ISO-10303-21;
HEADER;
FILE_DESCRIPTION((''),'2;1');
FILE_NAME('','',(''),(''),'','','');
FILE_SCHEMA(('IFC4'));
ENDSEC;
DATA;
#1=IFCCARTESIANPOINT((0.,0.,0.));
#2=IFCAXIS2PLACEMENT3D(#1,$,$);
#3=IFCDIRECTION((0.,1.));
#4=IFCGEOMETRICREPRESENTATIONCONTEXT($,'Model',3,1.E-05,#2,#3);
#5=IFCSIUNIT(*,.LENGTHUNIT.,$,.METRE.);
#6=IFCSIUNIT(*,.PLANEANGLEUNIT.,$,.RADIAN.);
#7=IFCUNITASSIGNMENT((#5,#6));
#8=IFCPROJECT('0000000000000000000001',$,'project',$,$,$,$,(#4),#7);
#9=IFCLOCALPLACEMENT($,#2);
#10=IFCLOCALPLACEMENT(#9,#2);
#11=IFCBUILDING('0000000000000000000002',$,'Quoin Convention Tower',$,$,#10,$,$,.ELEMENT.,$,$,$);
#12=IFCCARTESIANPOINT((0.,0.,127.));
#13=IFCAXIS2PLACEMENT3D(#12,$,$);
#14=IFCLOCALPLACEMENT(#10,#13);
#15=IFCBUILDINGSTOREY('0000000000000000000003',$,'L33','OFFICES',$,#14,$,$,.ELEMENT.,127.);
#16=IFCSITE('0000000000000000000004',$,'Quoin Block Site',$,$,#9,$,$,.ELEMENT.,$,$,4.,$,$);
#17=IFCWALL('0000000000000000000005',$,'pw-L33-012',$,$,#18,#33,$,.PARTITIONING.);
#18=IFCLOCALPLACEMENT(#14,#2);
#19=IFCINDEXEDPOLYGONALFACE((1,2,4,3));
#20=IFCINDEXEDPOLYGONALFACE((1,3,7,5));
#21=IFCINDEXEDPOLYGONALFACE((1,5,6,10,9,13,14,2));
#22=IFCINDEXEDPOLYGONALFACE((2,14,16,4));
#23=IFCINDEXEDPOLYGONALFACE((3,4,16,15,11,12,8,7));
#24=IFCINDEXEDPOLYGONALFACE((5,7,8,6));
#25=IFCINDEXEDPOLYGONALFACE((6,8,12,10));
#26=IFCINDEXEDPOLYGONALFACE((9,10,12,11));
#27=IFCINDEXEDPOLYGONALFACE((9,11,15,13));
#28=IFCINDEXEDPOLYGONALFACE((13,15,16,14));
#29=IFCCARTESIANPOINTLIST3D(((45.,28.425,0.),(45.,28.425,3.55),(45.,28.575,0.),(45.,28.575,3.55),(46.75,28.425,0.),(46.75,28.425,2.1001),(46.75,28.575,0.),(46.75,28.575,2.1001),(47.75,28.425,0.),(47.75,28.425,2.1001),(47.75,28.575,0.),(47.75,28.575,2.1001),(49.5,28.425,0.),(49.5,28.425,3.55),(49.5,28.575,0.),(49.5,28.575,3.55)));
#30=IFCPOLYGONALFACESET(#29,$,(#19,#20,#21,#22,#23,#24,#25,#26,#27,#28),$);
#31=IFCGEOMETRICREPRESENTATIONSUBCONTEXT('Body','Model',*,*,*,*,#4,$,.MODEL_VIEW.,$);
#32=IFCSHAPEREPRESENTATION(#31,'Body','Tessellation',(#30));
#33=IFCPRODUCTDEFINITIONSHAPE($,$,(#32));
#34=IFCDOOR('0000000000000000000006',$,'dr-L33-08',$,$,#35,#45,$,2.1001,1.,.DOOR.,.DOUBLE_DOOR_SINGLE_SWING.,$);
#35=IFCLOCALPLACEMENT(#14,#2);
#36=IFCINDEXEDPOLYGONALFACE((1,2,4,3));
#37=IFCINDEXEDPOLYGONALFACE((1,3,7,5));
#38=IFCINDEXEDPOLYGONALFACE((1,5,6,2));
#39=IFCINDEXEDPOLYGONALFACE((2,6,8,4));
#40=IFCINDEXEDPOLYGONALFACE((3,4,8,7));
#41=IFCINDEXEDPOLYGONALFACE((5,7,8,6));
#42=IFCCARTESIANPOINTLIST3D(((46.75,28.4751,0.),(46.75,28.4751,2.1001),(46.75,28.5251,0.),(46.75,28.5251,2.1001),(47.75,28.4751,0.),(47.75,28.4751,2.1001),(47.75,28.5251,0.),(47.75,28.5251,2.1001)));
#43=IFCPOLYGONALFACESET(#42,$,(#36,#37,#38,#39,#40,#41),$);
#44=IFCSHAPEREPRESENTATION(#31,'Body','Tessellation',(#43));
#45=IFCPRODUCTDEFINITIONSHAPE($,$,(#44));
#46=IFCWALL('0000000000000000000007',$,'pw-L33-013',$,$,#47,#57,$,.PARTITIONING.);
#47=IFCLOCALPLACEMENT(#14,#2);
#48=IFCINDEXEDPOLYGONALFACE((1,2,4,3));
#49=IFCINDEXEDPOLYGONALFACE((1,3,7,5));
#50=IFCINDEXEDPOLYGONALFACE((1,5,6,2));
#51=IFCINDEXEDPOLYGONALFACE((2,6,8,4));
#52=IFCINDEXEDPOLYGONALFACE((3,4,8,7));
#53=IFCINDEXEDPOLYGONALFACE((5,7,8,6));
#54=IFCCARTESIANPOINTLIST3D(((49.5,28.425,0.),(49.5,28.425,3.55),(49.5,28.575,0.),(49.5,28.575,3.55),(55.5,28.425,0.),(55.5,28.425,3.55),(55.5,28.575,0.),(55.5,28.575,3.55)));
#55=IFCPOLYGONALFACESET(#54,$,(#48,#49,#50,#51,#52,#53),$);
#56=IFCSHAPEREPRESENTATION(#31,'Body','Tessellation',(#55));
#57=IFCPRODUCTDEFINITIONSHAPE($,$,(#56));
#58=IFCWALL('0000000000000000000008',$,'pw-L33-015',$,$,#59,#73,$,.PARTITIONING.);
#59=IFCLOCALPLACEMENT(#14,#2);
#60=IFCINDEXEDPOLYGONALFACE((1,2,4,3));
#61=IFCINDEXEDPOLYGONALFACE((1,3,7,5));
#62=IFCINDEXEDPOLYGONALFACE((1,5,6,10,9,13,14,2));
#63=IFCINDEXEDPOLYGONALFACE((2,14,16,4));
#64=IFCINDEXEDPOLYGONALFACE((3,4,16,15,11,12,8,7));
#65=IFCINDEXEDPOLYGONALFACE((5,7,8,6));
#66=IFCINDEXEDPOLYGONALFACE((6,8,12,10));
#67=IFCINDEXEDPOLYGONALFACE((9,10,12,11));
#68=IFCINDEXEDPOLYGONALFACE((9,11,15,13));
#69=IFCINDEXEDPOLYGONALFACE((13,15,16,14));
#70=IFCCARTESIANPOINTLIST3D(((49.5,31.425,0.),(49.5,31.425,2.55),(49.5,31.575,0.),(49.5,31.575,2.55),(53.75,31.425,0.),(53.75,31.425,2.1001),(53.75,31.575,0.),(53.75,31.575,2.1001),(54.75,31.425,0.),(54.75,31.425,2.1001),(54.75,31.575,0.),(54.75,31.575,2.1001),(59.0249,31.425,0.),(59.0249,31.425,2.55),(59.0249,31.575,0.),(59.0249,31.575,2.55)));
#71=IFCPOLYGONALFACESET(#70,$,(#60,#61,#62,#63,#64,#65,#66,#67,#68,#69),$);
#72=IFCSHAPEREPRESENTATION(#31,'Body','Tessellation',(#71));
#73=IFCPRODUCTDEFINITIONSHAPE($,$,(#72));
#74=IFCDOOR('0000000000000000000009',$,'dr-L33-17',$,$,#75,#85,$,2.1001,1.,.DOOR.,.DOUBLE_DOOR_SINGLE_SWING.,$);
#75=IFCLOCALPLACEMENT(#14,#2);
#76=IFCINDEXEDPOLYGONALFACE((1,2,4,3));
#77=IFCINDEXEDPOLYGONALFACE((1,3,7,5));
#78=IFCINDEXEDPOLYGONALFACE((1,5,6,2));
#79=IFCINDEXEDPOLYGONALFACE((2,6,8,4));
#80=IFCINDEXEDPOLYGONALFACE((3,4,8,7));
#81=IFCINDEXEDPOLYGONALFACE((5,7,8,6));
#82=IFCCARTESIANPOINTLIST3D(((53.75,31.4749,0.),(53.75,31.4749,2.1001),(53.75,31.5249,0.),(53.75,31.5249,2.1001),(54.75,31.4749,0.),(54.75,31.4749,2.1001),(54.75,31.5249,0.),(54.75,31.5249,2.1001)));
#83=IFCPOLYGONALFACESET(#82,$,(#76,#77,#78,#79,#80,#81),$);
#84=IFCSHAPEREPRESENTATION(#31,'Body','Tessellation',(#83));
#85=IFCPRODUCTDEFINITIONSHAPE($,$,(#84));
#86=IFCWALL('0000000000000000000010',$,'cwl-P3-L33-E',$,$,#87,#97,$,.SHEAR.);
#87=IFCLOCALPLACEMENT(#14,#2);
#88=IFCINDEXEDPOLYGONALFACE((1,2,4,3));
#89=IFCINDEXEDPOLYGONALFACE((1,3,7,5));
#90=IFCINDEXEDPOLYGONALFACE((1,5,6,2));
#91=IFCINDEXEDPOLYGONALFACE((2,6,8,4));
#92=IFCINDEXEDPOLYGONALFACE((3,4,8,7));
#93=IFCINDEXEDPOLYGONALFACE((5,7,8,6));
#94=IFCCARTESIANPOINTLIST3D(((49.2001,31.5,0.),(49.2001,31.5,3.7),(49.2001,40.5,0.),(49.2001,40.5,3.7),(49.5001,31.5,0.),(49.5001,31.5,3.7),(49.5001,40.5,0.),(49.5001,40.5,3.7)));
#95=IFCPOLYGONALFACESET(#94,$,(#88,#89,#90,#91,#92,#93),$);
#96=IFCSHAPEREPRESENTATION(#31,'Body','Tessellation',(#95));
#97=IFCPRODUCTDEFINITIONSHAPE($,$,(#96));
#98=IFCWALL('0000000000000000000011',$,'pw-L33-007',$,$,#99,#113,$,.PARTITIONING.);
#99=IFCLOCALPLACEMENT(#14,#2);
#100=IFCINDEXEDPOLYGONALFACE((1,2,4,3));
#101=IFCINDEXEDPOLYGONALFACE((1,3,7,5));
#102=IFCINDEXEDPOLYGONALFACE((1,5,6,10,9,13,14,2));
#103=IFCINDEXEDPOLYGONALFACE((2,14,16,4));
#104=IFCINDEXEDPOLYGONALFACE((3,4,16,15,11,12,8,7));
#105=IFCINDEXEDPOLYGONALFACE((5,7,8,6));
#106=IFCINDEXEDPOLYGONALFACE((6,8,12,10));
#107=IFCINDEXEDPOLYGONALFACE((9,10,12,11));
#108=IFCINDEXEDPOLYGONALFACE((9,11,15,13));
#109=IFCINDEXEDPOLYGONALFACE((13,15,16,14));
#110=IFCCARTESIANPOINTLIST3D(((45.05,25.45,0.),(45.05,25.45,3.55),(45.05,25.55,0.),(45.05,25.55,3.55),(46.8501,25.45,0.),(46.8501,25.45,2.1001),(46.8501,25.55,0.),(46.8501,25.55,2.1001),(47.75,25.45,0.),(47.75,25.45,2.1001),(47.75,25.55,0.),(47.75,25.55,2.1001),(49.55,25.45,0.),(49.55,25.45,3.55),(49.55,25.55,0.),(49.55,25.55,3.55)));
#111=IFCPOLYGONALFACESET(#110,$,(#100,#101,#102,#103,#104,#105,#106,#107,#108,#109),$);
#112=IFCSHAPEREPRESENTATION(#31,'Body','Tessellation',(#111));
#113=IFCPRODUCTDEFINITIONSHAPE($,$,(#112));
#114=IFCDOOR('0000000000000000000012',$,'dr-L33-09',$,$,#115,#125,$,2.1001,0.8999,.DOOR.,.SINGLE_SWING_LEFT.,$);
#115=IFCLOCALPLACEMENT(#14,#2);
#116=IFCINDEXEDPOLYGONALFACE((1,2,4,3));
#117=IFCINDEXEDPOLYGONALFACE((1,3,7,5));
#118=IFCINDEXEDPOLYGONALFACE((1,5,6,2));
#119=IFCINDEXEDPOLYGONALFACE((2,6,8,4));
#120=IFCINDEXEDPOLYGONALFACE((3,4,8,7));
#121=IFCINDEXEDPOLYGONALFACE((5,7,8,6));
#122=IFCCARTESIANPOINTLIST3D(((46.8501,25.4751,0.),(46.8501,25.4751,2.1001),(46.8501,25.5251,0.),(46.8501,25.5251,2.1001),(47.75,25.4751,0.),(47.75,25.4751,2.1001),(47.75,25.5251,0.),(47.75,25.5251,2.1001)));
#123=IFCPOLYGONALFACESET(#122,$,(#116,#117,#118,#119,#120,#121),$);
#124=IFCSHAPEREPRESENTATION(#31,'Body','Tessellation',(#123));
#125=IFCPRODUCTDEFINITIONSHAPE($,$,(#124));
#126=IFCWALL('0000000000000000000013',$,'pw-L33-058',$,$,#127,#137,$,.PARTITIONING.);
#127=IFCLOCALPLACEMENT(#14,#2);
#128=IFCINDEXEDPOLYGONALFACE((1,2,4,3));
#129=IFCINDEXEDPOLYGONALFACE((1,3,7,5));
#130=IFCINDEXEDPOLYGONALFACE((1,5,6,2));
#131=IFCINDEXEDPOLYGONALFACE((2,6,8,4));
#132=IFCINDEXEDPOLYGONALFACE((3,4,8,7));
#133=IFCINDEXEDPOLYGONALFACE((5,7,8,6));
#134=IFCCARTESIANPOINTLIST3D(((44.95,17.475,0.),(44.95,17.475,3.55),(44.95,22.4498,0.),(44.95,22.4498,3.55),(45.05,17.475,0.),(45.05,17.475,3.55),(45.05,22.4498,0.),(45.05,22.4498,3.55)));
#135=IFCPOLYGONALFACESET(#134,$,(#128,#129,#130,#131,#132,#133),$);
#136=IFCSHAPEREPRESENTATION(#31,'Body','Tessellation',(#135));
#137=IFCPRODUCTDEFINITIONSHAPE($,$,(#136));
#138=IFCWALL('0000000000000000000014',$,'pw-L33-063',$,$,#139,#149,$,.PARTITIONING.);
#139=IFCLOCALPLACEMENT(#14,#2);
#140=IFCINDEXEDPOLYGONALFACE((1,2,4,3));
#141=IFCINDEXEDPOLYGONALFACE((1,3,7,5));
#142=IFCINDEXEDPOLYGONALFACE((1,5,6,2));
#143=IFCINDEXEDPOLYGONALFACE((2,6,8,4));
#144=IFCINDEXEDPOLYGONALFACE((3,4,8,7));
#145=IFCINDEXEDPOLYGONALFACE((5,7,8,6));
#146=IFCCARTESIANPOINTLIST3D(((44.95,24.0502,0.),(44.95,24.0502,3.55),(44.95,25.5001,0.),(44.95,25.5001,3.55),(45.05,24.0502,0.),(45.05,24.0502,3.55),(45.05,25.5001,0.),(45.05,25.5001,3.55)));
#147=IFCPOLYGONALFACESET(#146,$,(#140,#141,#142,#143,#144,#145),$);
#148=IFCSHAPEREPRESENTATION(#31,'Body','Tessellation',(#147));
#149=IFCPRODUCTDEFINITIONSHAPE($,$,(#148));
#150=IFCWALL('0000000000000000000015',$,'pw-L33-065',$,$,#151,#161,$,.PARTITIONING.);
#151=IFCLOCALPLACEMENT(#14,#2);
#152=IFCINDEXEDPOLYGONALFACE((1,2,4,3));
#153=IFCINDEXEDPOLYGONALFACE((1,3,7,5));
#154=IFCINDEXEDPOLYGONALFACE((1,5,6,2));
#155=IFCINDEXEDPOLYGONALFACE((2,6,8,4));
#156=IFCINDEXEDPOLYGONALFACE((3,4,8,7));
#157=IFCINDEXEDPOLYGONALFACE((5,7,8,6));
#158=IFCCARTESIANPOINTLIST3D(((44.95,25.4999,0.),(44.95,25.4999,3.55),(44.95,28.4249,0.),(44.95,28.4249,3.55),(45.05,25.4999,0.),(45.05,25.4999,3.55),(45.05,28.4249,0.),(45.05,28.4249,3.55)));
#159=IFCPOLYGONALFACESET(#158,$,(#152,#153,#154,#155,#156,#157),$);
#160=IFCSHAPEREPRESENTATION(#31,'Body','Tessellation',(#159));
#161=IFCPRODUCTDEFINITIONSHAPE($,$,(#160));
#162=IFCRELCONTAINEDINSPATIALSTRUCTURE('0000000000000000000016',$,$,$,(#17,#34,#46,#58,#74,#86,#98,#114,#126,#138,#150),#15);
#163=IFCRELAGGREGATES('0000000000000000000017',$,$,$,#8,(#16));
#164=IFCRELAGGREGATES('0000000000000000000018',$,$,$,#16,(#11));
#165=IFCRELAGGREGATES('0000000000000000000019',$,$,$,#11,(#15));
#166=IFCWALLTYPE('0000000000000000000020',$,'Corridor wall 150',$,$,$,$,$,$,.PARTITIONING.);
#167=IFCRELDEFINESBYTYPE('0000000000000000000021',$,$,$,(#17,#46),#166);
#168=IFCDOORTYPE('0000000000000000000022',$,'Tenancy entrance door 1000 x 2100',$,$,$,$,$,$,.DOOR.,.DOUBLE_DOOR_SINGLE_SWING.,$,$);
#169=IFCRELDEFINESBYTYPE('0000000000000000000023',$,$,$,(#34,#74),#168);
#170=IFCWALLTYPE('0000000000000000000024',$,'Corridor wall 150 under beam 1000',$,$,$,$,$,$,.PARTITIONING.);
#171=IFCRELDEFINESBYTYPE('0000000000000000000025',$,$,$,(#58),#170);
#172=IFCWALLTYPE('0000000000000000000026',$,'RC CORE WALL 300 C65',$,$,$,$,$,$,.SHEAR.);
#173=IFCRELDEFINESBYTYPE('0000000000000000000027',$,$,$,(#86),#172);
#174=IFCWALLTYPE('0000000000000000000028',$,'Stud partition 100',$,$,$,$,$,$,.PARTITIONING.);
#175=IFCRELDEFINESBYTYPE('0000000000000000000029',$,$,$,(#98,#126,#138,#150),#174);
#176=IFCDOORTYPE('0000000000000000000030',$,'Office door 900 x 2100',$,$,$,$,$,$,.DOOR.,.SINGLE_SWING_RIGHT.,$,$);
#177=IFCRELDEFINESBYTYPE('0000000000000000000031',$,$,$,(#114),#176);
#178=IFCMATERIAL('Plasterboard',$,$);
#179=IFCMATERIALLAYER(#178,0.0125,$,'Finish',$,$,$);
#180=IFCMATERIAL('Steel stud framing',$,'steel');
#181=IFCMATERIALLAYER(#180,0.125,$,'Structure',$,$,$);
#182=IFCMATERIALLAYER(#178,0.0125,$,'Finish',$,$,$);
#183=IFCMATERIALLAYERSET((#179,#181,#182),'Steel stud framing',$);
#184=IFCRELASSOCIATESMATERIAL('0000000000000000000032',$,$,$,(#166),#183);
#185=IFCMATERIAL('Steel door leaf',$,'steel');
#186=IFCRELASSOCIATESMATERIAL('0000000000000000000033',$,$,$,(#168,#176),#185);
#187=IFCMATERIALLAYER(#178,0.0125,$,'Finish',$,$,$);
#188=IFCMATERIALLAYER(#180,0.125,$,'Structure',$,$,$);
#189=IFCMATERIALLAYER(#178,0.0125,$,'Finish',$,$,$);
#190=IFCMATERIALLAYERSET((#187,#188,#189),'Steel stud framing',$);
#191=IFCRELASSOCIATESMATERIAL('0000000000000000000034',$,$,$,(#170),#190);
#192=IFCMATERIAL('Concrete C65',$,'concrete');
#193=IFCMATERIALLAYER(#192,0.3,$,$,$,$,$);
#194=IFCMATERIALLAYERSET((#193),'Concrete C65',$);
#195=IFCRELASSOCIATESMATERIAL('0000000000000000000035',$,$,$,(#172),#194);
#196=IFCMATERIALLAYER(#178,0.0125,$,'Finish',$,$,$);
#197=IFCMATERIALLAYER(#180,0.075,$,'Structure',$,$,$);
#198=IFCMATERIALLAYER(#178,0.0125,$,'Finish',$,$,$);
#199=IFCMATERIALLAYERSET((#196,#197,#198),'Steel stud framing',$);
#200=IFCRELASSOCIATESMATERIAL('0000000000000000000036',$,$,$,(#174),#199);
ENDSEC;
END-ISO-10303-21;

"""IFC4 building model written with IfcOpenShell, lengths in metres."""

from ifc_helpers import new_model, si_unit, direction, frame, frame_2d, origin, place, context, subcontext, project, spatial, rectangle, extrude, material, layer, layer_set, type_object, element, fill, save


model = new_model("IFC4")

# Units and contexts
model_context = context("Model", 3, precision=1e-05, world=origin(), true_north=direction((0.0, 1.0)))
body_context = subcontext(model_context, "Body", "Model", "MODEL_VIEW")
ifc_project = project(units=[si_unit("LENGTHUNIT", "METRE"), si_unit("PLANEANGLEUNIT", "RADIAN")], contexts=[model_context])

# Site, building, storey
site_placement = place(None, origin())
site = spatial("IfcSite", under=ifc_project, at=site_placement, Name="Quoin Block Site", CompositionType="ELEMENT", RefElevation=4.0)
building_placement = place(site_placement, origin())
building = spatial("IfcBuilding", under=site, at=building_placement, Name="Quoin Convention Tower", CompositionType="ELEMENT")
storey_placement = place(building_placement, frame((0.0, 0.0, 127.0)))
storey = spatial("IfcBuildingStorey", under=building, at=storey_placement, Name="L33", Description="OFFICES", CompositionType="ELEMENT", Elevation=127.0)

# Shared definitions
ifc_material_1 = material(Name="Concrete C65", Category="concrete")

# Shared definitions
ifc_material_2 = material(Name="Plasterboard")
ifc_material_3 = material(Name="Steel stud framing", Category="steel")

# Wall, opening, door
ifc_layer_1 = layer(ifc_material_2, 0.0125, Name="Finish")
ifc_layer_2 = layer(ifc_material_3, 0.125, Name="Structure")
ifc_layer_3 = layer(ifc_material_2, 0.0125, Name="Finish")
ifc_layer_set_1 = layer_set([ifc_layer_1, ifc_layer_2, ifc_layer_3], Name="Steel stud framing")
wall_type_1 = type_object("IfcWallType", Name="Corridor wall 150", PredefinedType="PARTITIONING", material=ifc_layer_set_1)
wall_1_placement = place(storey_placement, frame((45.0, 28.5, 0.0), z_axis=(0.0, 0.0, 1.0), x_axis=(1.0, 0.0, 0.0)))
wall_1 = element("IfcWall", 1, at=wall_1_placement, inside=storey, type_object=wall_type_1, Name="pw-L33-012", PredefinedType="PARTITIONING", context=body_context, shape_type="SweptSolid", body=[
    extrude(rectangle(XDim=4.5, YDim=0.1499, at=frame_2d((2.25, 0.0))), origin(), (0.0, 0.0, 1.0), 3.55),
])
opening_1_placement = place(wall_1_placement, frame((1.75, 0.0, 0.0)))
opening_1 = element("IfcOpeningElement", 2, at=opening_1_placement, cuts=wall_1, PredefinedType="OPENING", context=body_context, shape_type="SweptSolid", body=[
    extrude(rectangle(XDim=1.0, YDim=2.1001, at=frame_2d((0.5, 1.05))), frame((0.0, 0.085, 0.0), z_axis=(0.0, -1.0, 0.0), x_axis=(1.0, 0.0, 0.0)), (0.0, 0.0, 1.0), 0.1699),
])
ifc_material_4 = material(Name="Steel door leaf", Category="steel")
door_type_1 = type_object("IfcDoorType", Name="Tenancy entrance door 1000 x 2100", OperationType="DOUBLE_DOOR_SINGLE_SWING", PredefinedType="DOOR", material=ifc_material_4)
door_1_placement = place(opening_1_placement, frame((1.0, 0.0, 0.0), z_axis=(0.0, 0.0, 1.0), x_axis=(-1.0, 0.0, 0.0)))
door_1 = element("IfcDoor", 3, at=door_1_placement, inside=storey, type_object=door_type_1, Name="dr-L33-08", OperationType="DOUBLE_DOOR_SINGLE_SWING", OverallHeight=2.1001, OverallWidth=1.0, PredefinedType="DOOR", context=body_context, shape_type="SweptSolid", body=[
    extrude(rectangle(XDim=1.0, YDim=2.1001, at=frame_2d((0.5, 1.05))), frame((0.0, 0.0249, 0.0), z_axis=(0.0, -1.0, 0.0), x_axis=(1.0, 0.0, 0.0)), (0.0, 0.0, 1.0), 0.05),
])
fill(opening_1, door_1)

# Wall
wall_2_placement = place(storey_placement, frame((49.5, 28.5, 0.0), z_axis=(0.0, 0.0, 1.0), x_axis=(1.0, 0.0, 0.0)))
element("IfcWall", 4, at=wall_2_placement, inside=storey, type_object=wall_type_1, Name="pw-L33-013", PredefinedType="PARTITIONING", context=body_context, shape_type="SweptSolid", body=[
    extrude(rectangle(XDim=6.0, YDim=0.1499, at=frame_2d((3.0, 0.0))), origin(), (0.0, 0.0, 1.0), 3.55),
])

# Wall, opening, door
ifc_layer_4 = layer(ifc_material_2, 0.0125, Name="Finish")
ifc_layer_5 = layer(ifc_material_3, 0.125, Name="Structure")
ifc_layer_6 = layer(ifc_material_2, 0.0125, Name="Finish")
ifc_layer_set_2 = layer_set([ifc_layer_4, ifc_layer_5, ifc_layer_6], Name="Steel stud framing")
wall_type_2 = type_object("IfcWallType", Name="Corridor wall 150 under beam 1000", PredefinedType="PARTITIONING", material=ifc_layer_set_2)
wall_3_placement = place(storey_placement, frame((49.5, 31.5, 0.0), z_axis=(0.0, 0.0, 1.0), x_axis=(1.0, 0.0, 0.0)))
wall_3 = element("IfcWall", 5, at=wall_3_placement, inside=storey, type_object=wall_type_2, Name="pw-L33-015", PredefinedType="PARTITIONING", context=body_context, shape_type="SweptSolid", body=[
    extrude(rectangle(XDim=9.5249, YDim=0.1499, at=frame_2d((4.7625, 0.0))), origin(), (0.0, 0.0, 1.0), 2.55),
])
opening_2_placement = place(wall_3_placement, frame((4.25, 0.0, 0.0)))
opening_2 = element("IfcOpeningElement", 6, at=opening_2_placement, cuts=wall_3, PredefinedType="OPENING", context=body_context, shape_type="SweptSolid", body=[
    extrude(rectangle(XDim=1.0, YDim=2.1001, at=frame_2d((0.5, 1.05))), frame((0.0, 0.085, 0.0), z_axis=(0.0, -1.0, 0.0), x_axis=(1.0, 0.0, 0.0)), (0.0, 0.0, 1.0), 0.1699),
])
door_2_placement = place(opening_2_placement, origin())
door_2 = element("IfcDoor", 7, at=door_2_placement, inside=storey, type_object=door_type_1, Name="dr-L33-17", OperationType="DOUBLE_DOOR_SINGLE_SWING", OverallHeight=2.1001, OverallWidth=1.0, PredefinedType="DOOR", context=body_context, shape_type="SweptSolid", body=[
    extrude(rectangle(XDim=1.0, YDim=2.1001, at=frame_2d((0.5, 1.05))), frame((0.0, 0.0249, 0.0), z_axis=(0.0, -1.0, 0.0), x_axis=(1.0, 0.0, 0.0)), (0.0, 0.0, 1.0), 0.05),
])
fill(opening_2, door_2)

# Wall
ifc_layer_7 = layer(ifc_material_1, 0.3)
ifc_layer_set_3 = layer_set([ifc_layer_7], Name="Concrete C65")
wall_type_3 = type_object("IfcWallType", Name="RC CORE WALL 300 C65", PredefinedType="SHEAR", material=ifc_layer_set_3)
wall_4_placement = place(storey_placement, frame((49.3501, 31.5, 0.0), z_axis=(0.0, 0.0, 1.0), x_axis=(0.0, 1.0, 0.0)))
element("IfcWall", 8, at=wall_4_placement, inside=storey, type_object=wall_type_3, Name="cwl-P3-L33-E", PredefinedType="SHEAR", context=body_context, shape_type="SweptSolid", body=[
    extrude(rectangle(XDim=9.0, YDim=0.3, at=frame_2d((4.5, 0.0))), origin(), (0.0, 0.0, 1.0), 3.7),
])

# Wall, opening, door
ifc_layer_8 = layer(ifc_material_2, 0.0125, Name="Finish")
ifc_layer_9 = layer(ifc_material_3, 0.075, Name="Structure")
ifc_layer_10 = layer(ifc_material_2, 0.0125, Name="Finish")
ifc_layer_set_4 = layer_set([ifc_layer_8, ifc_layer_9, ifc_layer_10], Name="Steel stud framing")
wall_type_4 = type_object("IfcWallType", Name="Stud partition 100", PredefinedType="PARTITIONING", material=ifc_layer_set_4)
wall_5_placement = place(storey_placement, frame((45.05, 25.5, 0.0), z_axis=(0.0, 0.0, 1.0), x_axis=(1.0, 0.0, 0.0)))
wall_5 = element("IfcWall", 9, at=wall_5_placement, inside=storey, type_object=wall_type_4, Name="pw-L33-007", PredefinedType="PARTITIONING", context=body_context, shape_type="SweptSolid", body=[
    extrude(rectangle(XDim=4.5, YDim=0.1001, at=frame_2d((2.25, 0.0))), origin(), (0.0, 0.0, 1.0), 3.55),
])
opening_3_placement = place(wall_5_placement, frame((1.8, 0.0, 0.0)))
opening_3 = element("IfcOpeningElement", 10, at=opening_3_placement, cuts=wall_5, PredefinedType="OPENING", context=body_context, shape_type="SweptSolid", body=[
    extrude(rectangle(XDim=0.8999, YDim=2.1001, at=frame_2d((0.45, 1.05))), frame((0.0, 0.0601, 0.0), z_axis=(0.0, -1.0, 0.0), x_axis=(1.0, 0.0, 0.0)), (0.0, 0.0, 1.0), 0.1201),
])
door_type_2 = type_object("IfcDoorType", Name="Office door 900 x 2100", OperationType="SINGLE_SWING_RIGHT", PredefinedType="DOOR", material=ifc_material_4)
door_3_placement = place(opening_3_placement, frame((0.8999, 0.0, 0.0), z_axis=(0.0, 0.0, 1.0), x_axis=(-1.0, 0.0, 0.0)))
door_3 = element("IfcDoor", 11, at=door_3_placement, inside=storey, type_object=door_type_2, Name="dr-L33-09", OperationType="SINGLE_SWING_LEFT", OverallHeight=2.1001, OverallWidth=0.8999, PredefinedType="DOOR", context=body_context, shape_type="SweptSolid", body=[
    extrude(rectangle(XDim=0.8999, YDim=2.1001, at=frame_2d((0.45, 1.05))), frame((0.0, 0.0249, 0.0), z_axis=(0.0, -1.0, 0.0), x_axis=(1.0, 0.0, 0.0)), (0.0, 0.0, 1.0), 0.05),
])
fill(opening_3, door_3)

# Walls
wall_6_placement = place(storey_placement, frame((45.0, 17.4751, 0.0), z_axis=(0.0, 0.0, 1.0), x_axis=(0.0, 1.0, 0.0)))
element("IfcWall", 12, at=wall_6_placement, inside=storey, type_object=wall_type_4, Name="pw-L33-058", PredefinedType="PARTITIONING", context=body_context, shape_type="SweptSolid", body=[
    extrude(rectangle(XDim=4.9749, YDim=0.1001, at=frame_2d((2.4873, 0.0))), origin(), (0.0, 0.0, 1.0), 3.55),
])
wall_7_placement = place(storey_placement, frame((45.0, 24.05, 0.0), z_axis=(0.0, 0.0, 1.0), x_axis=(0.0, 1.0, 0.0)))
element("IfcWall", 13, at=wall_7_placement, inside=storey, type_object=wall_type_4, Name="pw-L33-063", PredefinedType="PARTITIONING", context=body_context, shape_type="SweptSolid", body=[
    extrude(rectangle(XDim=1.45, YDim=0.1001, at=frame_2d((0.7251, 0.0))), origin(), (0.0, 0.0, 1.0), 3.55),
])
wall_8_placement = place(storey_placement, frame((45.0, 25.5, 0.0), z_axis=(0.0, 0.0, 1.0), x_axis=(0.0, 1.0, 0.0)))
element("IfcWall", 14, at=wall_8_placement, inside=storey, type_object=wall_type_4, Name="pw-L33-065", PredefinedType="PARTITIONING", context=body_context, shape_type="SweptSolid", body=[
    extrude(rectangle(XDim=2.925, YDim=0.1001, at=frame_2d((1.4624, 0.0))), origin(), (0.0, 0.0, 1.0), 3.55),
])

save(model, "model.ifc")
